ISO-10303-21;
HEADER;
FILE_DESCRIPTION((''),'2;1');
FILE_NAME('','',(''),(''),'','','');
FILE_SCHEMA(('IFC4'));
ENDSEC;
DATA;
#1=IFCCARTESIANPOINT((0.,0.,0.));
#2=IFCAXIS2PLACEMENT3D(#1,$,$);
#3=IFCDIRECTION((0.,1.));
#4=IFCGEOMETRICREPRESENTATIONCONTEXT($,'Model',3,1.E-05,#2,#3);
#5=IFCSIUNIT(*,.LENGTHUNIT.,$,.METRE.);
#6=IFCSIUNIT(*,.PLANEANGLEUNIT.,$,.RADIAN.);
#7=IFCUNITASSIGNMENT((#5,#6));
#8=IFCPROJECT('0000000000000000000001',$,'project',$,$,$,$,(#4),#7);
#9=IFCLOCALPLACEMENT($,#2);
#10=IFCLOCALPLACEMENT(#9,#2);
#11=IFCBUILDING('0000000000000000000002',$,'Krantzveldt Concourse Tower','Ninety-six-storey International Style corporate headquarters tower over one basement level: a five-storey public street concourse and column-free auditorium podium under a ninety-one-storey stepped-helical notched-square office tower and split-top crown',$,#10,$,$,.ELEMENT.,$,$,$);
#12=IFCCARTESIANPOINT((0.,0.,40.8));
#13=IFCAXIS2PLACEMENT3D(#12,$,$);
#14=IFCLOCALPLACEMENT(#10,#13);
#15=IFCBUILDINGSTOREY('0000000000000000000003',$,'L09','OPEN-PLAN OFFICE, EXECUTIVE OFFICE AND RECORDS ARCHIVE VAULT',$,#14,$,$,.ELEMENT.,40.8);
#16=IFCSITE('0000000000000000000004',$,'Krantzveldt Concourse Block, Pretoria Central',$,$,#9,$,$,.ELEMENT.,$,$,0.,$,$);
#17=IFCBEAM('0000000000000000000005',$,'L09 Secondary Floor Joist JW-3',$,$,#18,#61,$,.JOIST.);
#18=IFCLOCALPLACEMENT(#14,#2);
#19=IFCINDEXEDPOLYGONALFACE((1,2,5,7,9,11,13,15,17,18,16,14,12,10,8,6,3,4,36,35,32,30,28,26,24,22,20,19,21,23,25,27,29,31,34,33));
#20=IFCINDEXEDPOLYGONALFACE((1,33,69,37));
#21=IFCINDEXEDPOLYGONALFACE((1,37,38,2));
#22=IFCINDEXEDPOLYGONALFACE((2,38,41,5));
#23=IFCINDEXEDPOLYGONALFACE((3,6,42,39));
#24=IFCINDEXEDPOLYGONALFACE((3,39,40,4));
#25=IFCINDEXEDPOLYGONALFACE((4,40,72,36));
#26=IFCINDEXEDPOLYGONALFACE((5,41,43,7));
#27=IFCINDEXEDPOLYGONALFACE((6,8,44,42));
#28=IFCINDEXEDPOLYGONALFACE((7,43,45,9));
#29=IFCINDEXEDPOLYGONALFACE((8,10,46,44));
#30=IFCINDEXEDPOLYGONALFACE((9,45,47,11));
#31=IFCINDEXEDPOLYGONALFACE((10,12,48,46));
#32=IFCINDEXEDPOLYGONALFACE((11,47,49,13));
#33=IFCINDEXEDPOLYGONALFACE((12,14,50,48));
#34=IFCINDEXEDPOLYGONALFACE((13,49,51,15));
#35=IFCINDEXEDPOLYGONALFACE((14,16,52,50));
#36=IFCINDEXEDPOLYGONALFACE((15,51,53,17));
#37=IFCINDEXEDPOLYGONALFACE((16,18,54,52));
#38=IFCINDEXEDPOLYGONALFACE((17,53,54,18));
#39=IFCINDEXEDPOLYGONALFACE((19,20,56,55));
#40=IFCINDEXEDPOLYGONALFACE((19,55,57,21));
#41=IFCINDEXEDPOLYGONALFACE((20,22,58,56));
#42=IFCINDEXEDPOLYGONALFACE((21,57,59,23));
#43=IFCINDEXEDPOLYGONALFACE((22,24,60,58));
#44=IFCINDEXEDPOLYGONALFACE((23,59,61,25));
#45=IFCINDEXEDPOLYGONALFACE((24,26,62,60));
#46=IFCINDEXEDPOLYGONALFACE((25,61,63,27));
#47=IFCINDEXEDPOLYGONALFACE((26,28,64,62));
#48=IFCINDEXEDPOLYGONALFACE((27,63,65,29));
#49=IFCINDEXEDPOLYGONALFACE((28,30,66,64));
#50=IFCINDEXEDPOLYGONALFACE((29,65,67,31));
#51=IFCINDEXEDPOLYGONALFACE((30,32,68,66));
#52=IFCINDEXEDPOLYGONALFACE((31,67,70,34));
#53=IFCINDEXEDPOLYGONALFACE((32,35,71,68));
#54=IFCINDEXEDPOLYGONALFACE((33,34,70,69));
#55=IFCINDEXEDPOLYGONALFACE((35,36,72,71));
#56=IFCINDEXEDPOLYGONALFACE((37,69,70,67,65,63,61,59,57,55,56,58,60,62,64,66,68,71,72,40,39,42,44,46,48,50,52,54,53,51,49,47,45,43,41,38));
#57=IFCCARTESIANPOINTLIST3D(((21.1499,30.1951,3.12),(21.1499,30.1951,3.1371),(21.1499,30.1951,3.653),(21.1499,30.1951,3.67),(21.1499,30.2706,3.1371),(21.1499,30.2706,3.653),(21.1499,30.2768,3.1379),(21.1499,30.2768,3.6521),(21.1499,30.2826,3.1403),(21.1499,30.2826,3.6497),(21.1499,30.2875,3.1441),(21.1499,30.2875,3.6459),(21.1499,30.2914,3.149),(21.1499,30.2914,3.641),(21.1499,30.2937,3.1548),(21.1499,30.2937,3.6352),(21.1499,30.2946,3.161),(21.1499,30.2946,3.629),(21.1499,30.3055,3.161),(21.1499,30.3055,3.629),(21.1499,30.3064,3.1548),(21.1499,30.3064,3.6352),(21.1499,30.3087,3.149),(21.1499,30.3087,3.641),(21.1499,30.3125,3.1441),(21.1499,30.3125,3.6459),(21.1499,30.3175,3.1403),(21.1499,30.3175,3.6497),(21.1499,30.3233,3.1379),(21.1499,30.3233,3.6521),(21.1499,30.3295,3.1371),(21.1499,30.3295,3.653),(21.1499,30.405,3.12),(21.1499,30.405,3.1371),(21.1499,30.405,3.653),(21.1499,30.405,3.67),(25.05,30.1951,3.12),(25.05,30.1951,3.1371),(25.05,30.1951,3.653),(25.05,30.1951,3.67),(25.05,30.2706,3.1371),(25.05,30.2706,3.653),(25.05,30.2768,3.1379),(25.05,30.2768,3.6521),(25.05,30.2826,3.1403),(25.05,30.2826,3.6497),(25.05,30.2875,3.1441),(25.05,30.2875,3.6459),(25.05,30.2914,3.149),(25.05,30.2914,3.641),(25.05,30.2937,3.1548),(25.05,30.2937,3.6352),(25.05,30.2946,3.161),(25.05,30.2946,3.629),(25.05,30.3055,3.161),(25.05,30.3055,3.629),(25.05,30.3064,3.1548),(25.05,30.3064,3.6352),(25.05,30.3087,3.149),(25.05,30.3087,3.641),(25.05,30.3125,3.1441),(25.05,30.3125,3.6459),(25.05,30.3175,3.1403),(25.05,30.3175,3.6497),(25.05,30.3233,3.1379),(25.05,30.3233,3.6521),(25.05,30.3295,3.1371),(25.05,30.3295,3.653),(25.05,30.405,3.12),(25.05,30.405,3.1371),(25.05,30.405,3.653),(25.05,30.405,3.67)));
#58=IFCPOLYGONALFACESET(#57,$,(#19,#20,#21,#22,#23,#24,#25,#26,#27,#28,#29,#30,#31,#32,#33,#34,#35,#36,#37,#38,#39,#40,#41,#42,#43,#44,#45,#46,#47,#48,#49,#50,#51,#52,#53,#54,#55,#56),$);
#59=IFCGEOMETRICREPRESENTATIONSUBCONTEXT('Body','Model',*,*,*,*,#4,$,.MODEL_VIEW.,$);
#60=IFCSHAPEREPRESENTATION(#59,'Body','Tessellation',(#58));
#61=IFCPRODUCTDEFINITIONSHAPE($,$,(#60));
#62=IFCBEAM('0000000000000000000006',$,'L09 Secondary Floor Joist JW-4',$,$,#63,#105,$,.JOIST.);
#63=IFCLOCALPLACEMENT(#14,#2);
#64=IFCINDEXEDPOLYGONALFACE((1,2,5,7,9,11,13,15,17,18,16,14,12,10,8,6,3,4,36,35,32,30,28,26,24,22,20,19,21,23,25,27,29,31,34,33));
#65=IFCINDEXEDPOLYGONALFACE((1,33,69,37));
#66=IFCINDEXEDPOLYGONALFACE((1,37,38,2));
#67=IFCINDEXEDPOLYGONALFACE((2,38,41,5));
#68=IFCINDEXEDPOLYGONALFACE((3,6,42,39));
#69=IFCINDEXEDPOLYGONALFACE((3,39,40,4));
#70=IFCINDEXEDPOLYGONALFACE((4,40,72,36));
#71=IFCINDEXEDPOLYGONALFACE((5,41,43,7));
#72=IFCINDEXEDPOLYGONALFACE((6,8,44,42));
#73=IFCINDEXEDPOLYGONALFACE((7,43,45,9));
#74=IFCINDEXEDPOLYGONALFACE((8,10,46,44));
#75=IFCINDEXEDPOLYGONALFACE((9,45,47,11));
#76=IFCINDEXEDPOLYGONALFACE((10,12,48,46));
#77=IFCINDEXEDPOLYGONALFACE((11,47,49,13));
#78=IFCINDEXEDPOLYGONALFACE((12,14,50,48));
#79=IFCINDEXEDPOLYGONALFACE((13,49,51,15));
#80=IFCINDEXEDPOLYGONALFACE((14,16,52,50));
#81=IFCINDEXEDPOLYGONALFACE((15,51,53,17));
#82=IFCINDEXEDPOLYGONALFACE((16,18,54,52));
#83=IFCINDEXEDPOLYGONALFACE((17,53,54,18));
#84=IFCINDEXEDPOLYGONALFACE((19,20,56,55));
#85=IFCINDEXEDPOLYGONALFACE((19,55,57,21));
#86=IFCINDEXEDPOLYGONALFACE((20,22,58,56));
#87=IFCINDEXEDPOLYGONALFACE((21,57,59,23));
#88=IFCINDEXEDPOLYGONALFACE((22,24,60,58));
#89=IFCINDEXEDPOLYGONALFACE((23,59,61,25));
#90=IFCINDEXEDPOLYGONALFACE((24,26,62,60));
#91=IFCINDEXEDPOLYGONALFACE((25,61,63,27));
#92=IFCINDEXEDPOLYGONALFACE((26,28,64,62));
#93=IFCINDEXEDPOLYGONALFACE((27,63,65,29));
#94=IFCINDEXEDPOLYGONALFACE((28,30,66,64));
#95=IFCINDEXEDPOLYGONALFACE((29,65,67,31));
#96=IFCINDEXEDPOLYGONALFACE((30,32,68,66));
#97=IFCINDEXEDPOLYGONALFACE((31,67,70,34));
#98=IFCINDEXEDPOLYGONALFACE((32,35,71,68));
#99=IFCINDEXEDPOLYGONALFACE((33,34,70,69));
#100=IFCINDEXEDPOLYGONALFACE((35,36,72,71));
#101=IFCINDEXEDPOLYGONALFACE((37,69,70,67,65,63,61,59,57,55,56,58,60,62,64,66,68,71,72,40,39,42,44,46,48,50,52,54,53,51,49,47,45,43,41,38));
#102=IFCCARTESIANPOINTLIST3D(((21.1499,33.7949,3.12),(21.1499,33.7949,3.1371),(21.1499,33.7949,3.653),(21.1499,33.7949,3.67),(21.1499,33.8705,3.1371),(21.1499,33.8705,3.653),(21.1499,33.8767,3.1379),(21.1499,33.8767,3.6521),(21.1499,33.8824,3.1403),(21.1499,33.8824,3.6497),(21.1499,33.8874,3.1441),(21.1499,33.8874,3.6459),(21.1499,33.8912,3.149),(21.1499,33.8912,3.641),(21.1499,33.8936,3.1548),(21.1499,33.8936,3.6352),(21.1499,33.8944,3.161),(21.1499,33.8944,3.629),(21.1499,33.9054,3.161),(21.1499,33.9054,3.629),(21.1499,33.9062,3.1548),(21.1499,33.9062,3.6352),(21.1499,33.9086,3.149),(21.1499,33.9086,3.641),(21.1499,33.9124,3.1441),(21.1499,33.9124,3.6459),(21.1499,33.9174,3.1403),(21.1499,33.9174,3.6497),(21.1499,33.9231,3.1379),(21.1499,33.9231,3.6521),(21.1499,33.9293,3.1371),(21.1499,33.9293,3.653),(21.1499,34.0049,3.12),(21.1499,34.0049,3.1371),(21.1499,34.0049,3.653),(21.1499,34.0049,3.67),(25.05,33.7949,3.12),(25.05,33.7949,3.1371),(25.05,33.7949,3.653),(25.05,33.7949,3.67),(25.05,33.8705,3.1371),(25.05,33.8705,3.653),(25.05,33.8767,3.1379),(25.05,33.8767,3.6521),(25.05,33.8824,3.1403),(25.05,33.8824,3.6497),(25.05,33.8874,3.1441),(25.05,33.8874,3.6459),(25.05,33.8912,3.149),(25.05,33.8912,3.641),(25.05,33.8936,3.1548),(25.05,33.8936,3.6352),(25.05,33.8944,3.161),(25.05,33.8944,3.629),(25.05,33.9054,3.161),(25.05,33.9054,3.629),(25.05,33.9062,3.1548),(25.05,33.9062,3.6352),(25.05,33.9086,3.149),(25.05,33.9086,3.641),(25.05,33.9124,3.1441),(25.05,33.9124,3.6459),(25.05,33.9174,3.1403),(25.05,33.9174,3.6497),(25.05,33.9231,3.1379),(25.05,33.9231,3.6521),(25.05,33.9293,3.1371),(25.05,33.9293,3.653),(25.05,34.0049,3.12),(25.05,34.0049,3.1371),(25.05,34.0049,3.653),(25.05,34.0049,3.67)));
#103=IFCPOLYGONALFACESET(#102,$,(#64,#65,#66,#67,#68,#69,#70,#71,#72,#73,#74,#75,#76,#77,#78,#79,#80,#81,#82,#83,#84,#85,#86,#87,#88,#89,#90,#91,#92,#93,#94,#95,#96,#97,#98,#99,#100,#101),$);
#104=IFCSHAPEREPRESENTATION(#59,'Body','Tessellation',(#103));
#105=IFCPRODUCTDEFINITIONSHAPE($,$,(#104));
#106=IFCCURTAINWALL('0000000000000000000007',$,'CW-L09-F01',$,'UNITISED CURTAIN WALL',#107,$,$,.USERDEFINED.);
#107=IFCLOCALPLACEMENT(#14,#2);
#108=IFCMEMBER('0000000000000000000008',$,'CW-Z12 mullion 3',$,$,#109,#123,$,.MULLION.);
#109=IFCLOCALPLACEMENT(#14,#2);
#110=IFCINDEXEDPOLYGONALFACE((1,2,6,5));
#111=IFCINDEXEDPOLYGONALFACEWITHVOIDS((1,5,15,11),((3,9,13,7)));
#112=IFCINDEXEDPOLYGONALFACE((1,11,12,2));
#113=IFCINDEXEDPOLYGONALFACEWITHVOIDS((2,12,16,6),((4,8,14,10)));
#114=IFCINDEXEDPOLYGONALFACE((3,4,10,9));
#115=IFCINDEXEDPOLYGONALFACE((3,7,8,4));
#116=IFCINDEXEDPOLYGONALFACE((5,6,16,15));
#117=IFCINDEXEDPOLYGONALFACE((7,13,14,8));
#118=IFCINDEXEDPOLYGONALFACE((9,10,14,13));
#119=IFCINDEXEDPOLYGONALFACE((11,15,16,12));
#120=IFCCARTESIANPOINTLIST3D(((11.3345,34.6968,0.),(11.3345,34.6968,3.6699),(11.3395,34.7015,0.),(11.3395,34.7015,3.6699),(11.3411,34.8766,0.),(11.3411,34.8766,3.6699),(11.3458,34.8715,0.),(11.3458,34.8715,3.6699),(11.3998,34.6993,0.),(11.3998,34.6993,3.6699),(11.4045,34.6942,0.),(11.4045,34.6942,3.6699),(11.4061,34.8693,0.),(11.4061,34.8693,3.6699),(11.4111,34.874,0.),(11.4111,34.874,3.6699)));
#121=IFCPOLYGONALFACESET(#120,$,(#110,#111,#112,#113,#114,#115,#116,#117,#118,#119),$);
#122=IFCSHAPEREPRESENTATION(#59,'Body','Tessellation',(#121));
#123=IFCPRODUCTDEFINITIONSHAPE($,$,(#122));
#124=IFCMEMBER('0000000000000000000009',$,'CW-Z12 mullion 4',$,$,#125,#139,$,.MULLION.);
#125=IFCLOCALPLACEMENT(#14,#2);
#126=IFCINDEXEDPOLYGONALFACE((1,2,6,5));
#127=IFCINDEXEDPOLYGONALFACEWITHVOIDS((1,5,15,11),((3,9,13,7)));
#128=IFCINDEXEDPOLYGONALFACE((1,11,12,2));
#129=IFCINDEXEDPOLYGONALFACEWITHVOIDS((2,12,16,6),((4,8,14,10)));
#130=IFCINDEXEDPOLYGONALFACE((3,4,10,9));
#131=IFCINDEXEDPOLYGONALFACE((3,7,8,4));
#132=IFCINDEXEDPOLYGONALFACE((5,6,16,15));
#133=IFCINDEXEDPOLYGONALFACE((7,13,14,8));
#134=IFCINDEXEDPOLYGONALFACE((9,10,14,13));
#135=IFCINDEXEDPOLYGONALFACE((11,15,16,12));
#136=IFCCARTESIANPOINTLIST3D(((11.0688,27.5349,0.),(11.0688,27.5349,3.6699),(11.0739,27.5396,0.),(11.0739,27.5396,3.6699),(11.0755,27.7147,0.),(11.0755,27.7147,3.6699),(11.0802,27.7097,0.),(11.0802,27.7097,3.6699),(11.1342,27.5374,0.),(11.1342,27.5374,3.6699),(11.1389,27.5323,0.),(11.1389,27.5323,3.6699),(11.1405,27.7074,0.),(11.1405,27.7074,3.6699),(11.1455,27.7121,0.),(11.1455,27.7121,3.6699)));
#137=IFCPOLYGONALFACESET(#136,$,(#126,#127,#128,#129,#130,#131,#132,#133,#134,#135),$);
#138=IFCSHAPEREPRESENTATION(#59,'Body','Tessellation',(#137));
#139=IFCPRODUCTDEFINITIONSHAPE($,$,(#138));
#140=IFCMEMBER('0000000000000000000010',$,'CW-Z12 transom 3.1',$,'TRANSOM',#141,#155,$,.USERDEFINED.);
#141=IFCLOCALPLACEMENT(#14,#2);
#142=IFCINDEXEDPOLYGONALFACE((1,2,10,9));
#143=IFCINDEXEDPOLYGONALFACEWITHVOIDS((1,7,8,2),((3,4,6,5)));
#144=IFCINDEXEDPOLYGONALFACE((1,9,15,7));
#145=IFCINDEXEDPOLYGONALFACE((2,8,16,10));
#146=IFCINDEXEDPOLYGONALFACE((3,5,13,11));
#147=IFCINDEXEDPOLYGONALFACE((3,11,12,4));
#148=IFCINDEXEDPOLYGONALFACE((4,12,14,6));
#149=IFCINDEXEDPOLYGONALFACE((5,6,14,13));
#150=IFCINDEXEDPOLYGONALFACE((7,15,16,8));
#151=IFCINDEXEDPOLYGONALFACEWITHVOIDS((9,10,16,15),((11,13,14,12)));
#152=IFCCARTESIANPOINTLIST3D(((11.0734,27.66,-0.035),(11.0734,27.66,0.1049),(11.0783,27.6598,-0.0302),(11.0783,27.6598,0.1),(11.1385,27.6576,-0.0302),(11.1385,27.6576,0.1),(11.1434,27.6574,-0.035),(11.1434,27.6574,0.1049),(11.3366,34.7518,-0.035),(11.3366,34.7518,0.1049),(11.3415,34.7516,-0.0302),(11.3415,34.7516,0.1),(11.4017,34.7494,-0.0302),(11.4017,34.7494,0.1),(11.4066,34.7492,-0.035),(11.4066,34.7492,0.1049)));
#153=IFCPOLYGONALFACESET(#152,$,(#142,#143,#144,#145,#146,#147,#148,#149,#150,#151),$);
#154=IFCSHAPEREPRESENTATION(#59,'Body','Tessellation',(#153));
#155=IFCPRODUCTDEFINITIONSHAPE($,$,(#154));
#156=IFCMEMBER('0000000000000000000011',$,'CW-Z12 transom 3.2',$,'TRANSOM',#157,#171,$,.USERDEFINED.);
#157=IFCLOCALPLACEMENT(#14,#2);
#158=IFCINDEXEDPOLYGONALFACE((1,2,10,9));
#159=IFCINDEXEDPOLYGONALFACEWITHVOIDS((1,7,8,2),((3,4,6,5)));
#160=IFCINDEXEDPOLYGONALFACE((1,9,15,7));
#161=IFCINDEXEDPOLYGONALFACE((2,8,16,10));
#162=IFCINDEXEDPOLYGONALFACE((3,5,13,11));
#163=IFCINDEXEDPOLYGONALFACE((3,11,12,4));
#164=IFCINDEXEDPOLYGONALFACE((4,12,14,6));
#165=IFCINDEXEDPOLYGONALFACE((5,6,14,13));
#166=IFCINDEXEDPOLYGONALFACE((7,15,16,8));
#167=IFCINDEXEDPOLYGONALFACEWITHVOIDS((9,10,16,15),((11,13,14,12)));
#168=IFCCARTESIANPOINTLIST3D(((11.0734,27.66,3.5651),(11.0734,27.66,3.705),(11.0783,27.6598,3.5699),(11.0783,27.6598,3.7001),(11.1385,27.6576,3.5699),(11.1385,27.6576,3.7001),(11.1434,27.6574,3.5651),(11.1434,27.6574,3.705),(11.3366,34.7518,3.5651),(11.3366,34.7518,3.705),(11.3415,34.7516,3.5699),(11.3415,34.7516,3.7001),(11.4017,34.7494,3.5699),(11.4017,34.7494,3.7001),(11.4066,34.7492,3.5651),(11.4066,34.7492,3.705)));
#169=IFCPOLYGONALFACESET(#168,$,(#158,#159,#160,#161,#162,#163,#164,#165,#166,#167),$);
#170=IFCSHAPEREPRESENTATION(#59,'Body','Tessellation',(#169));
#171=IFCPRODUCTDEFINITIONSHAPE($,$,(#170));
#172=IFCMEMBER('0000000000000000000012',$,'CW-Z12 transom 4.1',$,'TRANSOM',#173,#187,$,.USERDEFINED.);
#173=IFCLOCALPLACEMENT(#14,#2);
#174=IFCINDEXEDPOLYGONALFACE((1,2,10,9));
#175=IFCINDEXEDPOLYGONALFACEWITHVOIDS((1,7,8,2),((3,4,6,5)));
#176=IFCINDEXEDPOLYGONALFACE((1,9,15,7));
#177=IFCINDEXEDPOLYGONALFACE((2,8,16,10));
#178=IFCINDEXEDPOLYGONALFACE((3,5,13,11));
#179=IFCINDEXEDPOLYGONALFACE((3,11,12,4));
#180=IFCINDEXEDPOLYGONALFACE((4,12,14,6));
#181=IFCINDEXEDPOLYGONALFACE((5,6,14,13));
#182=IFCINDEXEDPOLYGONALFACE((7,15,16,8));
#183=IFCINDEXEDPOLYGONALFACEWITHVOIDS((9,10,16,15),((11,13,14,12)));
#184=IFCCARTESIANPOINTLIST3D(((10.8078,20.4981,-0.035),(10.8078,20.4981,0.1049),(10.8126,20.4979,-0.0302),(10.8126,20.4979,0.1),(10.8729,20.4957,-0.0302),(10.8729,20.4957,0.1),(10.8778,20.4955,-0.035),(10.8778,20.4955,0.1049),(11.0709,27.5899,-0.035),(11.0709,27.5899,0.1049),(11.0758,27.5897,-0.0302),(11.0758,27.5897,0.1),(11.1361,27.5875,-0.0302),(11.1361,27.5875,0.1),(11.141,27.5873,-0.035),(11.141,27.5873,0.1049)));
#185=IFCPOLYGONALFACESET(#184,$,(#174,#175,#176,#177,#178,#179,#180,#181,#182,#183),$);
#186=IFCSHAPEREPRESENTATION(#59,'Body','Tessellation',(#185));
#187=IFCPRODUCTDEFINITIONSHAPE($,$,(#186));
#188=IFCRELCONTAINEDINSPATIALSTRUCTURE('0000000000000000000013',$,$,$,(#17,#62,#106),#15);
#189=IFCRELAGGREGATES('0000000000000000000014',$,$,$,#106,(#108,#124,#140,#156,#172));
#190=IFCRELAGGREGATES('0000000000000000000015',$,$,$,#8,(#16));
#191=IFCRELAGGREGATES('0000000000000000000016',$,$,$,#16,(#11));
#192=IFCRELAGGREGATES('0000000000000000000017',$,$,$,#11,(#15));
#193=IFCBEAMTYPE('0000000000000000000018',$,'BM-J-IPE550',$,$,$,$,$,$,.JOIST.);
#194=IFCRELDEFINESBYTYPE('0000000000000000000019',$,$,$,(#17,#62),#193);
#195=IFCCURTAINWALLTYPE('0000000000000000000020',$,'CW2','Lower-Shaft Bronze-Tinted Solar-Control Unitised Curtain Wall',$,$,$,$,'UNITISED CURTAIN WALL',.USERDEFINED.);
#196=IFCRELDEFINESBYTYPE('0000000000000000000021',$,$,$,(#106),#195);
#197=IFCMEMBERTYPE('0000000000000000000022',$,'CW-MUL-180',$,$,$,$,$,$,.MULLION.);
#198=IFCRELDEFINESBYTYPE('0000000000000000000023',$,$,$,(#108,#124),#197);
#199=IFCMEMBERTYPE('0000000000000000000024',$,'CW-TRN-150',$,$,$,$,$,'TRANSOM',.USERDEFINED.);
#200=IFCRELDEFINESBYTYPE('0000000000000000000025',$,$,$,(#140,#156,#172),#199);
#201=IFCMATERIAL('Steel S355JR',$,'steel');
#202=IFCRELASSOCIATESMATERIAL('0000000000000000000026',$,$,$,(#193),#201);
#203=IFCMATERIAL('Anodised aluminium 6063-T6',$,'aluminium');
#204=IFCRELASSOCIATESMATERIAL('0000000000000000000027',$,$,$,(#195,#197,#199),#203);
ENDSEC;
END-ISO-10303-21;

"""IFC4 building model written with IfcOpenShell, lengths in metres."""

from ifc_helpers import new_model, si_unit, direction, frame, origin, origin_2d, place, context, subcontext, project, spatial, hollow_rectangle, i_section, extrude, source, transform, mapped, material, material_profile, profile_set, type_object, type_shapes, element, aggregate, save


model = new_model("IFC4")

# Units and contexts
model_context = context("Model", 3, precision=1e-05, world=origin(), true_north=direction((0.0, 1.0)))
body_context = subcontext(model_context, "Body", "Model", "MODEL_VIEW")
ifc_project = project(units=[si_unit("LENGTHUNIT", "METRE"), si_unit("PLANEANGLEUNIT", "RADIAN")], contexts=[model_context])

# Site, building, storey
site_placement = place(None, origin())
site = spatial("IfcSite", under=ifc_project, at=site_placement, Name="Krantzveldt Concourse Block, Pretoria Central", CompositionType="ELEMENT", RefElevation=0.0)
building_placement = place(site_placement, origin())
building = spatial("IfcBuilding", under=site, at=building_placement, Name="Krantzveldt Concourse Tower", Description="Ninety-six-storey International Style corporate headquarters tower over one basement level: a five-storey public street concourse and column-free auditorium podium under a ninety-one-storey stepped-helical notched-square office tower and split-top crown", CompositionType="ELEMENT")
storey_placement = place(building_placement, frame((0.0, 0.0, 40.8)))
storey = spatial("IfcBuildingStorey", under=building, at=storey_placement, Name="L09", Description="OPEN-PLAN OFFICE, EXECUTIVE OFFICE AND RECORDS ARCHIVE VAULT", CompositionType="ELEMENT", Elevation=40.8)

# Beams
ifc_material_1 = material(Name="Steel S355JR", Category="steel")
ifc_material_profile_1 = material_profile(ifc_material_1, i_section(OverallWidth=0.21, OverallDepth=0.55, WebThickness=0.011, FlangeThickness=0.0171, FilletRadius=0.0239, at=origin_2d()), Name="Steel S355JR", Category="steel")
ifc_profile_set_1 = profile_set([ifc_material_profile_1], Name="Steel S355JR - IPE 550")
beam_type_1 = type_object("IfcBeamType", Name="BM-J-IPE550", PredefinedType="JOIST", material=ifc_profile_set_1)
shared_shape_1 = source(origin(), body_context, "Body", "SweptSolid", [
    extrude(i_section(OverallWidth=0.21, OverallDepth=0.55, WebThickness=0.011, FlangeThickness=0.0171, FilletRadius=0.0239, at=origin_2d()), origin(), (0.0, 0.0, 1.0), 3.9001),
])
type_shapes(beam_type_1, [shared_shape_1])
for number, where, z_axis, x_axis, name in (
    (1, (21.1499, 30.3, 3.395), (1.0, 0.0, 0.0), (0.0, 1.0, 0.0), "L09 Secondary Floor Joist JW-3"),
    (2, (21.1499, 33.8999, 3.395), (1.0, 0.0, 0.0), (0.0, 1.0, 0.0), "L09 Secondary Floor Joist JW-4"),
):
    element("IfcBeam", number, at=place(storey_placement, frame(where, z_axis=z_axis, x_axis=x_axis)), inside=storey, type_object=beam_type_1, Name=name, PredefinedType="JOIST", context=body_context, shape_type="MappedRepresentation", body=[
        mapped(shared_shape_1, transform((0.0, 0.0, 0.0), x_axis=(1.0, 0.0, 0.0), y_axis=(0.0, 1.0, 0.0), z_axis=(0.0, 0.0, 1.0), scale=1.0)),
    ])

# Curtain wall, members
ifc_material_2 = material(Name="Anodised aluminium 6063-T6", Category="aluminium")
curtain_wall_type = type_object("IfcCurtainWallType", Name="CW2", Description="Lower-Shaft Bronze-Tinted Solar-Control Unitised Curtain Wall", ElementType="UNITISED CURTAIN WALL", PredefinedType="USERDEFINED", material=ifc_material_2)
curtain_wall_placement = place(storey_placement, origin())
curtain_wall = element("IfcCurtainWall", 3, at=curtain_wall_placement, inside=storey, type_object=curtain_wall_type, Name="CW-L09-F01", ObjectType="UNITISED CURTAIN WALL", PredefinedType="USERDEFINED")
ifc_material_profile_2 = material_profile(ifc_material_2, hollow_rectangle(XDim=0.0701, YDim=0.1799, WallThickness=0.0049, at=origin_2d()), Name="Anodised aluminium 6063-T6", Category="aluminium")
ifc_profile_set_2 = profile_set([ifc_material_profile_2], Name="Anodised aluminium 6063-T6 - ALU-MULL 180x70x5")
member_type_1 = type_object("IfcMemberType", Name="CW-MUL-180", PredefinedType="MULLION", material=ifc_profile_set_2)
shared_shape_2 = source(origin(), body_context, "Body", "SweptSolid", [
    extrude(hollow_rectangle(XDim=0.0701, YDim=0.1799, WallThickness=0.0049, at=origin_2d()), origin(), (0.0, 0.0, 1.0), 3.6699),
])
type_shapes(member_type_1, [shared_shape_2])
member_1_placement = place(storey_placement, frame((11.3728, 34.7854, 0.0), z_axis=(0.0, 0.0, 1.0), x_axis=(0.999312, -0.03708, 0.0)))
member_1 = element("IfcMember", 4, at=member_1_placement, type_object=member_type_1, Name="CW-Z12 mullion 3", PredefinedType="MULLION", context=body_context, shape_type="MappedRepresentation", body=[
    mapped(shared_shape_2, transform((0.0, 0.0, 0.0), x_axis=(1.0, 0.0, 0.0), y_axis=(0.0, 1.0, 0.0), z_axis=(0.0, 0.0, 1.0), scale=1.0)),
])
member_2_placement = place(storey_placement, frame((11.1072, 27.6235, 0.0), z_axis=(0.0, 0.0, 1.0), x_axis=(0.999312, -0.03708, 0.0)))
member_2 = element("IfcMember", 5, at=member_2_placement, type_object=member_type_1, Name="CW-Z12 mullion 4", PredefinedType="MULLION", context=body_context, shape_type="MappedRepresentation", body=[
    mapped(shared_shape_2, transform((0.0, 0.0, 0.0), x_axis=(1.0, 0.0, 0.0), y_axis=(0.0, 1.0, 0.0), z_axis=(0.0, 0.0, 1.0), scale=1.0)),
])
ifc_material_profile_3 = material_profile(ifc_material_2, hollow_rectangle(XDim=0.0701, YDim=0.1399, WallThickness=0.0049, at=origin_2d()), Name="Anodised aluminium 6063-T6", Category="aluminium")
ifc_profile_set_3 = profile_set([ifc_material_profile_3], Name="Anodised aluminium 6063-T6 - ALU-TRAN 140x70x5")
member_type_2 = type_object("IfcMemberType", Name="CW-TRN-150", ElementType="TRANSOM", PredefinedType="USERDEFINED", material=ifc_profile_set_3)
shared_shape_3 = source(origin(), body_context, "Body", "SweptSolid", [
    extrude(hollow_rectangle(XDim=0.0701, YDim=0.1399, WallThickness=0.0049, at=origin_2d()), origin(), (0.0, 0.0, 1.0), 7.0967),
])
type_shapes(member_type_2, [shared_shape_3])
member_3_placement = place(storey_placement, frame((11.3716, 34.7505, 0.0349), z_axis=(-0.037085, -0.999312, 0.0), x_axis=(0.999312, -0.037085, 0.0)))
member_3 = element("IfcMember", 6, at=member_3_placement, type_object=member_type_2, Name="CW-Z12 transom 3.1", ObjectType="TRANSOM", PredefinedType="USERDEFINED", context=body_context, shape_type="MappedRepresentation", body=[
    mapped(shared_shape_3, transform((0.0, 0.0, 0.0), x_axis=(1.0, 0.0, 0.0), y_axis=(0.0, 1.0, 0.0), z_axis=(0.0, 0.0, 1.0), scale=1.0)),
])
member_4_placement = place(storey_placement, frame((11.3716, 34.7505, 3.635), z_axis=(-0.037085, -0.999312, 0.0), x_axis=(0.999312, -0.037085, 0.0)))
member_4 = element("IfcMember", 7, at=member_4_placement, type_object=member_type_2, Name="CW-Z12 transom 3.2", ObjectType="TRANSOM", PredefinedType="USERDEFINED", context=body_context, shape_type="MappedRepresentation", body=[
    mapped(shared_shape_3, transform((0.0, 0.0, 0.0), x_axis=(1.0, 0.0, 0.0), y_axis=(0.0, 1.0, 0.0), z_axis=(0.0, 0.0, 1.0), scale=1.0)),
])
member_5_placement = place(storey_placement, frame((11.106, 27.5886, 0.0349), z_axis=(-0.037085, -0.999312, 0.0), x_axis=(0.999312, -0.037085, 0.0)))
member_5 = element("IfcMember", 8, at=member_5_placement, type_object=member_type_2, Name="CW-Z12 transom 4.1", ObjectType="TRANSOM", PredefinedType="USERDEFINED", context=body_context, shape_type="MappedRepresentation", body=[
    mapped(shared_shape_3, transform((0.0, 0.0, 0.0), x_axis=(1.0, 0.0, 0.0), y_axis=(0.0, 1.0, 0.0), z_axis=(0.0, 0.0, 1.0), scale=1.0)),
])
aggregate(curtain_wall, [member_1, member_2, member_3, member_4, member_5])

save(model, "model.ifc")
